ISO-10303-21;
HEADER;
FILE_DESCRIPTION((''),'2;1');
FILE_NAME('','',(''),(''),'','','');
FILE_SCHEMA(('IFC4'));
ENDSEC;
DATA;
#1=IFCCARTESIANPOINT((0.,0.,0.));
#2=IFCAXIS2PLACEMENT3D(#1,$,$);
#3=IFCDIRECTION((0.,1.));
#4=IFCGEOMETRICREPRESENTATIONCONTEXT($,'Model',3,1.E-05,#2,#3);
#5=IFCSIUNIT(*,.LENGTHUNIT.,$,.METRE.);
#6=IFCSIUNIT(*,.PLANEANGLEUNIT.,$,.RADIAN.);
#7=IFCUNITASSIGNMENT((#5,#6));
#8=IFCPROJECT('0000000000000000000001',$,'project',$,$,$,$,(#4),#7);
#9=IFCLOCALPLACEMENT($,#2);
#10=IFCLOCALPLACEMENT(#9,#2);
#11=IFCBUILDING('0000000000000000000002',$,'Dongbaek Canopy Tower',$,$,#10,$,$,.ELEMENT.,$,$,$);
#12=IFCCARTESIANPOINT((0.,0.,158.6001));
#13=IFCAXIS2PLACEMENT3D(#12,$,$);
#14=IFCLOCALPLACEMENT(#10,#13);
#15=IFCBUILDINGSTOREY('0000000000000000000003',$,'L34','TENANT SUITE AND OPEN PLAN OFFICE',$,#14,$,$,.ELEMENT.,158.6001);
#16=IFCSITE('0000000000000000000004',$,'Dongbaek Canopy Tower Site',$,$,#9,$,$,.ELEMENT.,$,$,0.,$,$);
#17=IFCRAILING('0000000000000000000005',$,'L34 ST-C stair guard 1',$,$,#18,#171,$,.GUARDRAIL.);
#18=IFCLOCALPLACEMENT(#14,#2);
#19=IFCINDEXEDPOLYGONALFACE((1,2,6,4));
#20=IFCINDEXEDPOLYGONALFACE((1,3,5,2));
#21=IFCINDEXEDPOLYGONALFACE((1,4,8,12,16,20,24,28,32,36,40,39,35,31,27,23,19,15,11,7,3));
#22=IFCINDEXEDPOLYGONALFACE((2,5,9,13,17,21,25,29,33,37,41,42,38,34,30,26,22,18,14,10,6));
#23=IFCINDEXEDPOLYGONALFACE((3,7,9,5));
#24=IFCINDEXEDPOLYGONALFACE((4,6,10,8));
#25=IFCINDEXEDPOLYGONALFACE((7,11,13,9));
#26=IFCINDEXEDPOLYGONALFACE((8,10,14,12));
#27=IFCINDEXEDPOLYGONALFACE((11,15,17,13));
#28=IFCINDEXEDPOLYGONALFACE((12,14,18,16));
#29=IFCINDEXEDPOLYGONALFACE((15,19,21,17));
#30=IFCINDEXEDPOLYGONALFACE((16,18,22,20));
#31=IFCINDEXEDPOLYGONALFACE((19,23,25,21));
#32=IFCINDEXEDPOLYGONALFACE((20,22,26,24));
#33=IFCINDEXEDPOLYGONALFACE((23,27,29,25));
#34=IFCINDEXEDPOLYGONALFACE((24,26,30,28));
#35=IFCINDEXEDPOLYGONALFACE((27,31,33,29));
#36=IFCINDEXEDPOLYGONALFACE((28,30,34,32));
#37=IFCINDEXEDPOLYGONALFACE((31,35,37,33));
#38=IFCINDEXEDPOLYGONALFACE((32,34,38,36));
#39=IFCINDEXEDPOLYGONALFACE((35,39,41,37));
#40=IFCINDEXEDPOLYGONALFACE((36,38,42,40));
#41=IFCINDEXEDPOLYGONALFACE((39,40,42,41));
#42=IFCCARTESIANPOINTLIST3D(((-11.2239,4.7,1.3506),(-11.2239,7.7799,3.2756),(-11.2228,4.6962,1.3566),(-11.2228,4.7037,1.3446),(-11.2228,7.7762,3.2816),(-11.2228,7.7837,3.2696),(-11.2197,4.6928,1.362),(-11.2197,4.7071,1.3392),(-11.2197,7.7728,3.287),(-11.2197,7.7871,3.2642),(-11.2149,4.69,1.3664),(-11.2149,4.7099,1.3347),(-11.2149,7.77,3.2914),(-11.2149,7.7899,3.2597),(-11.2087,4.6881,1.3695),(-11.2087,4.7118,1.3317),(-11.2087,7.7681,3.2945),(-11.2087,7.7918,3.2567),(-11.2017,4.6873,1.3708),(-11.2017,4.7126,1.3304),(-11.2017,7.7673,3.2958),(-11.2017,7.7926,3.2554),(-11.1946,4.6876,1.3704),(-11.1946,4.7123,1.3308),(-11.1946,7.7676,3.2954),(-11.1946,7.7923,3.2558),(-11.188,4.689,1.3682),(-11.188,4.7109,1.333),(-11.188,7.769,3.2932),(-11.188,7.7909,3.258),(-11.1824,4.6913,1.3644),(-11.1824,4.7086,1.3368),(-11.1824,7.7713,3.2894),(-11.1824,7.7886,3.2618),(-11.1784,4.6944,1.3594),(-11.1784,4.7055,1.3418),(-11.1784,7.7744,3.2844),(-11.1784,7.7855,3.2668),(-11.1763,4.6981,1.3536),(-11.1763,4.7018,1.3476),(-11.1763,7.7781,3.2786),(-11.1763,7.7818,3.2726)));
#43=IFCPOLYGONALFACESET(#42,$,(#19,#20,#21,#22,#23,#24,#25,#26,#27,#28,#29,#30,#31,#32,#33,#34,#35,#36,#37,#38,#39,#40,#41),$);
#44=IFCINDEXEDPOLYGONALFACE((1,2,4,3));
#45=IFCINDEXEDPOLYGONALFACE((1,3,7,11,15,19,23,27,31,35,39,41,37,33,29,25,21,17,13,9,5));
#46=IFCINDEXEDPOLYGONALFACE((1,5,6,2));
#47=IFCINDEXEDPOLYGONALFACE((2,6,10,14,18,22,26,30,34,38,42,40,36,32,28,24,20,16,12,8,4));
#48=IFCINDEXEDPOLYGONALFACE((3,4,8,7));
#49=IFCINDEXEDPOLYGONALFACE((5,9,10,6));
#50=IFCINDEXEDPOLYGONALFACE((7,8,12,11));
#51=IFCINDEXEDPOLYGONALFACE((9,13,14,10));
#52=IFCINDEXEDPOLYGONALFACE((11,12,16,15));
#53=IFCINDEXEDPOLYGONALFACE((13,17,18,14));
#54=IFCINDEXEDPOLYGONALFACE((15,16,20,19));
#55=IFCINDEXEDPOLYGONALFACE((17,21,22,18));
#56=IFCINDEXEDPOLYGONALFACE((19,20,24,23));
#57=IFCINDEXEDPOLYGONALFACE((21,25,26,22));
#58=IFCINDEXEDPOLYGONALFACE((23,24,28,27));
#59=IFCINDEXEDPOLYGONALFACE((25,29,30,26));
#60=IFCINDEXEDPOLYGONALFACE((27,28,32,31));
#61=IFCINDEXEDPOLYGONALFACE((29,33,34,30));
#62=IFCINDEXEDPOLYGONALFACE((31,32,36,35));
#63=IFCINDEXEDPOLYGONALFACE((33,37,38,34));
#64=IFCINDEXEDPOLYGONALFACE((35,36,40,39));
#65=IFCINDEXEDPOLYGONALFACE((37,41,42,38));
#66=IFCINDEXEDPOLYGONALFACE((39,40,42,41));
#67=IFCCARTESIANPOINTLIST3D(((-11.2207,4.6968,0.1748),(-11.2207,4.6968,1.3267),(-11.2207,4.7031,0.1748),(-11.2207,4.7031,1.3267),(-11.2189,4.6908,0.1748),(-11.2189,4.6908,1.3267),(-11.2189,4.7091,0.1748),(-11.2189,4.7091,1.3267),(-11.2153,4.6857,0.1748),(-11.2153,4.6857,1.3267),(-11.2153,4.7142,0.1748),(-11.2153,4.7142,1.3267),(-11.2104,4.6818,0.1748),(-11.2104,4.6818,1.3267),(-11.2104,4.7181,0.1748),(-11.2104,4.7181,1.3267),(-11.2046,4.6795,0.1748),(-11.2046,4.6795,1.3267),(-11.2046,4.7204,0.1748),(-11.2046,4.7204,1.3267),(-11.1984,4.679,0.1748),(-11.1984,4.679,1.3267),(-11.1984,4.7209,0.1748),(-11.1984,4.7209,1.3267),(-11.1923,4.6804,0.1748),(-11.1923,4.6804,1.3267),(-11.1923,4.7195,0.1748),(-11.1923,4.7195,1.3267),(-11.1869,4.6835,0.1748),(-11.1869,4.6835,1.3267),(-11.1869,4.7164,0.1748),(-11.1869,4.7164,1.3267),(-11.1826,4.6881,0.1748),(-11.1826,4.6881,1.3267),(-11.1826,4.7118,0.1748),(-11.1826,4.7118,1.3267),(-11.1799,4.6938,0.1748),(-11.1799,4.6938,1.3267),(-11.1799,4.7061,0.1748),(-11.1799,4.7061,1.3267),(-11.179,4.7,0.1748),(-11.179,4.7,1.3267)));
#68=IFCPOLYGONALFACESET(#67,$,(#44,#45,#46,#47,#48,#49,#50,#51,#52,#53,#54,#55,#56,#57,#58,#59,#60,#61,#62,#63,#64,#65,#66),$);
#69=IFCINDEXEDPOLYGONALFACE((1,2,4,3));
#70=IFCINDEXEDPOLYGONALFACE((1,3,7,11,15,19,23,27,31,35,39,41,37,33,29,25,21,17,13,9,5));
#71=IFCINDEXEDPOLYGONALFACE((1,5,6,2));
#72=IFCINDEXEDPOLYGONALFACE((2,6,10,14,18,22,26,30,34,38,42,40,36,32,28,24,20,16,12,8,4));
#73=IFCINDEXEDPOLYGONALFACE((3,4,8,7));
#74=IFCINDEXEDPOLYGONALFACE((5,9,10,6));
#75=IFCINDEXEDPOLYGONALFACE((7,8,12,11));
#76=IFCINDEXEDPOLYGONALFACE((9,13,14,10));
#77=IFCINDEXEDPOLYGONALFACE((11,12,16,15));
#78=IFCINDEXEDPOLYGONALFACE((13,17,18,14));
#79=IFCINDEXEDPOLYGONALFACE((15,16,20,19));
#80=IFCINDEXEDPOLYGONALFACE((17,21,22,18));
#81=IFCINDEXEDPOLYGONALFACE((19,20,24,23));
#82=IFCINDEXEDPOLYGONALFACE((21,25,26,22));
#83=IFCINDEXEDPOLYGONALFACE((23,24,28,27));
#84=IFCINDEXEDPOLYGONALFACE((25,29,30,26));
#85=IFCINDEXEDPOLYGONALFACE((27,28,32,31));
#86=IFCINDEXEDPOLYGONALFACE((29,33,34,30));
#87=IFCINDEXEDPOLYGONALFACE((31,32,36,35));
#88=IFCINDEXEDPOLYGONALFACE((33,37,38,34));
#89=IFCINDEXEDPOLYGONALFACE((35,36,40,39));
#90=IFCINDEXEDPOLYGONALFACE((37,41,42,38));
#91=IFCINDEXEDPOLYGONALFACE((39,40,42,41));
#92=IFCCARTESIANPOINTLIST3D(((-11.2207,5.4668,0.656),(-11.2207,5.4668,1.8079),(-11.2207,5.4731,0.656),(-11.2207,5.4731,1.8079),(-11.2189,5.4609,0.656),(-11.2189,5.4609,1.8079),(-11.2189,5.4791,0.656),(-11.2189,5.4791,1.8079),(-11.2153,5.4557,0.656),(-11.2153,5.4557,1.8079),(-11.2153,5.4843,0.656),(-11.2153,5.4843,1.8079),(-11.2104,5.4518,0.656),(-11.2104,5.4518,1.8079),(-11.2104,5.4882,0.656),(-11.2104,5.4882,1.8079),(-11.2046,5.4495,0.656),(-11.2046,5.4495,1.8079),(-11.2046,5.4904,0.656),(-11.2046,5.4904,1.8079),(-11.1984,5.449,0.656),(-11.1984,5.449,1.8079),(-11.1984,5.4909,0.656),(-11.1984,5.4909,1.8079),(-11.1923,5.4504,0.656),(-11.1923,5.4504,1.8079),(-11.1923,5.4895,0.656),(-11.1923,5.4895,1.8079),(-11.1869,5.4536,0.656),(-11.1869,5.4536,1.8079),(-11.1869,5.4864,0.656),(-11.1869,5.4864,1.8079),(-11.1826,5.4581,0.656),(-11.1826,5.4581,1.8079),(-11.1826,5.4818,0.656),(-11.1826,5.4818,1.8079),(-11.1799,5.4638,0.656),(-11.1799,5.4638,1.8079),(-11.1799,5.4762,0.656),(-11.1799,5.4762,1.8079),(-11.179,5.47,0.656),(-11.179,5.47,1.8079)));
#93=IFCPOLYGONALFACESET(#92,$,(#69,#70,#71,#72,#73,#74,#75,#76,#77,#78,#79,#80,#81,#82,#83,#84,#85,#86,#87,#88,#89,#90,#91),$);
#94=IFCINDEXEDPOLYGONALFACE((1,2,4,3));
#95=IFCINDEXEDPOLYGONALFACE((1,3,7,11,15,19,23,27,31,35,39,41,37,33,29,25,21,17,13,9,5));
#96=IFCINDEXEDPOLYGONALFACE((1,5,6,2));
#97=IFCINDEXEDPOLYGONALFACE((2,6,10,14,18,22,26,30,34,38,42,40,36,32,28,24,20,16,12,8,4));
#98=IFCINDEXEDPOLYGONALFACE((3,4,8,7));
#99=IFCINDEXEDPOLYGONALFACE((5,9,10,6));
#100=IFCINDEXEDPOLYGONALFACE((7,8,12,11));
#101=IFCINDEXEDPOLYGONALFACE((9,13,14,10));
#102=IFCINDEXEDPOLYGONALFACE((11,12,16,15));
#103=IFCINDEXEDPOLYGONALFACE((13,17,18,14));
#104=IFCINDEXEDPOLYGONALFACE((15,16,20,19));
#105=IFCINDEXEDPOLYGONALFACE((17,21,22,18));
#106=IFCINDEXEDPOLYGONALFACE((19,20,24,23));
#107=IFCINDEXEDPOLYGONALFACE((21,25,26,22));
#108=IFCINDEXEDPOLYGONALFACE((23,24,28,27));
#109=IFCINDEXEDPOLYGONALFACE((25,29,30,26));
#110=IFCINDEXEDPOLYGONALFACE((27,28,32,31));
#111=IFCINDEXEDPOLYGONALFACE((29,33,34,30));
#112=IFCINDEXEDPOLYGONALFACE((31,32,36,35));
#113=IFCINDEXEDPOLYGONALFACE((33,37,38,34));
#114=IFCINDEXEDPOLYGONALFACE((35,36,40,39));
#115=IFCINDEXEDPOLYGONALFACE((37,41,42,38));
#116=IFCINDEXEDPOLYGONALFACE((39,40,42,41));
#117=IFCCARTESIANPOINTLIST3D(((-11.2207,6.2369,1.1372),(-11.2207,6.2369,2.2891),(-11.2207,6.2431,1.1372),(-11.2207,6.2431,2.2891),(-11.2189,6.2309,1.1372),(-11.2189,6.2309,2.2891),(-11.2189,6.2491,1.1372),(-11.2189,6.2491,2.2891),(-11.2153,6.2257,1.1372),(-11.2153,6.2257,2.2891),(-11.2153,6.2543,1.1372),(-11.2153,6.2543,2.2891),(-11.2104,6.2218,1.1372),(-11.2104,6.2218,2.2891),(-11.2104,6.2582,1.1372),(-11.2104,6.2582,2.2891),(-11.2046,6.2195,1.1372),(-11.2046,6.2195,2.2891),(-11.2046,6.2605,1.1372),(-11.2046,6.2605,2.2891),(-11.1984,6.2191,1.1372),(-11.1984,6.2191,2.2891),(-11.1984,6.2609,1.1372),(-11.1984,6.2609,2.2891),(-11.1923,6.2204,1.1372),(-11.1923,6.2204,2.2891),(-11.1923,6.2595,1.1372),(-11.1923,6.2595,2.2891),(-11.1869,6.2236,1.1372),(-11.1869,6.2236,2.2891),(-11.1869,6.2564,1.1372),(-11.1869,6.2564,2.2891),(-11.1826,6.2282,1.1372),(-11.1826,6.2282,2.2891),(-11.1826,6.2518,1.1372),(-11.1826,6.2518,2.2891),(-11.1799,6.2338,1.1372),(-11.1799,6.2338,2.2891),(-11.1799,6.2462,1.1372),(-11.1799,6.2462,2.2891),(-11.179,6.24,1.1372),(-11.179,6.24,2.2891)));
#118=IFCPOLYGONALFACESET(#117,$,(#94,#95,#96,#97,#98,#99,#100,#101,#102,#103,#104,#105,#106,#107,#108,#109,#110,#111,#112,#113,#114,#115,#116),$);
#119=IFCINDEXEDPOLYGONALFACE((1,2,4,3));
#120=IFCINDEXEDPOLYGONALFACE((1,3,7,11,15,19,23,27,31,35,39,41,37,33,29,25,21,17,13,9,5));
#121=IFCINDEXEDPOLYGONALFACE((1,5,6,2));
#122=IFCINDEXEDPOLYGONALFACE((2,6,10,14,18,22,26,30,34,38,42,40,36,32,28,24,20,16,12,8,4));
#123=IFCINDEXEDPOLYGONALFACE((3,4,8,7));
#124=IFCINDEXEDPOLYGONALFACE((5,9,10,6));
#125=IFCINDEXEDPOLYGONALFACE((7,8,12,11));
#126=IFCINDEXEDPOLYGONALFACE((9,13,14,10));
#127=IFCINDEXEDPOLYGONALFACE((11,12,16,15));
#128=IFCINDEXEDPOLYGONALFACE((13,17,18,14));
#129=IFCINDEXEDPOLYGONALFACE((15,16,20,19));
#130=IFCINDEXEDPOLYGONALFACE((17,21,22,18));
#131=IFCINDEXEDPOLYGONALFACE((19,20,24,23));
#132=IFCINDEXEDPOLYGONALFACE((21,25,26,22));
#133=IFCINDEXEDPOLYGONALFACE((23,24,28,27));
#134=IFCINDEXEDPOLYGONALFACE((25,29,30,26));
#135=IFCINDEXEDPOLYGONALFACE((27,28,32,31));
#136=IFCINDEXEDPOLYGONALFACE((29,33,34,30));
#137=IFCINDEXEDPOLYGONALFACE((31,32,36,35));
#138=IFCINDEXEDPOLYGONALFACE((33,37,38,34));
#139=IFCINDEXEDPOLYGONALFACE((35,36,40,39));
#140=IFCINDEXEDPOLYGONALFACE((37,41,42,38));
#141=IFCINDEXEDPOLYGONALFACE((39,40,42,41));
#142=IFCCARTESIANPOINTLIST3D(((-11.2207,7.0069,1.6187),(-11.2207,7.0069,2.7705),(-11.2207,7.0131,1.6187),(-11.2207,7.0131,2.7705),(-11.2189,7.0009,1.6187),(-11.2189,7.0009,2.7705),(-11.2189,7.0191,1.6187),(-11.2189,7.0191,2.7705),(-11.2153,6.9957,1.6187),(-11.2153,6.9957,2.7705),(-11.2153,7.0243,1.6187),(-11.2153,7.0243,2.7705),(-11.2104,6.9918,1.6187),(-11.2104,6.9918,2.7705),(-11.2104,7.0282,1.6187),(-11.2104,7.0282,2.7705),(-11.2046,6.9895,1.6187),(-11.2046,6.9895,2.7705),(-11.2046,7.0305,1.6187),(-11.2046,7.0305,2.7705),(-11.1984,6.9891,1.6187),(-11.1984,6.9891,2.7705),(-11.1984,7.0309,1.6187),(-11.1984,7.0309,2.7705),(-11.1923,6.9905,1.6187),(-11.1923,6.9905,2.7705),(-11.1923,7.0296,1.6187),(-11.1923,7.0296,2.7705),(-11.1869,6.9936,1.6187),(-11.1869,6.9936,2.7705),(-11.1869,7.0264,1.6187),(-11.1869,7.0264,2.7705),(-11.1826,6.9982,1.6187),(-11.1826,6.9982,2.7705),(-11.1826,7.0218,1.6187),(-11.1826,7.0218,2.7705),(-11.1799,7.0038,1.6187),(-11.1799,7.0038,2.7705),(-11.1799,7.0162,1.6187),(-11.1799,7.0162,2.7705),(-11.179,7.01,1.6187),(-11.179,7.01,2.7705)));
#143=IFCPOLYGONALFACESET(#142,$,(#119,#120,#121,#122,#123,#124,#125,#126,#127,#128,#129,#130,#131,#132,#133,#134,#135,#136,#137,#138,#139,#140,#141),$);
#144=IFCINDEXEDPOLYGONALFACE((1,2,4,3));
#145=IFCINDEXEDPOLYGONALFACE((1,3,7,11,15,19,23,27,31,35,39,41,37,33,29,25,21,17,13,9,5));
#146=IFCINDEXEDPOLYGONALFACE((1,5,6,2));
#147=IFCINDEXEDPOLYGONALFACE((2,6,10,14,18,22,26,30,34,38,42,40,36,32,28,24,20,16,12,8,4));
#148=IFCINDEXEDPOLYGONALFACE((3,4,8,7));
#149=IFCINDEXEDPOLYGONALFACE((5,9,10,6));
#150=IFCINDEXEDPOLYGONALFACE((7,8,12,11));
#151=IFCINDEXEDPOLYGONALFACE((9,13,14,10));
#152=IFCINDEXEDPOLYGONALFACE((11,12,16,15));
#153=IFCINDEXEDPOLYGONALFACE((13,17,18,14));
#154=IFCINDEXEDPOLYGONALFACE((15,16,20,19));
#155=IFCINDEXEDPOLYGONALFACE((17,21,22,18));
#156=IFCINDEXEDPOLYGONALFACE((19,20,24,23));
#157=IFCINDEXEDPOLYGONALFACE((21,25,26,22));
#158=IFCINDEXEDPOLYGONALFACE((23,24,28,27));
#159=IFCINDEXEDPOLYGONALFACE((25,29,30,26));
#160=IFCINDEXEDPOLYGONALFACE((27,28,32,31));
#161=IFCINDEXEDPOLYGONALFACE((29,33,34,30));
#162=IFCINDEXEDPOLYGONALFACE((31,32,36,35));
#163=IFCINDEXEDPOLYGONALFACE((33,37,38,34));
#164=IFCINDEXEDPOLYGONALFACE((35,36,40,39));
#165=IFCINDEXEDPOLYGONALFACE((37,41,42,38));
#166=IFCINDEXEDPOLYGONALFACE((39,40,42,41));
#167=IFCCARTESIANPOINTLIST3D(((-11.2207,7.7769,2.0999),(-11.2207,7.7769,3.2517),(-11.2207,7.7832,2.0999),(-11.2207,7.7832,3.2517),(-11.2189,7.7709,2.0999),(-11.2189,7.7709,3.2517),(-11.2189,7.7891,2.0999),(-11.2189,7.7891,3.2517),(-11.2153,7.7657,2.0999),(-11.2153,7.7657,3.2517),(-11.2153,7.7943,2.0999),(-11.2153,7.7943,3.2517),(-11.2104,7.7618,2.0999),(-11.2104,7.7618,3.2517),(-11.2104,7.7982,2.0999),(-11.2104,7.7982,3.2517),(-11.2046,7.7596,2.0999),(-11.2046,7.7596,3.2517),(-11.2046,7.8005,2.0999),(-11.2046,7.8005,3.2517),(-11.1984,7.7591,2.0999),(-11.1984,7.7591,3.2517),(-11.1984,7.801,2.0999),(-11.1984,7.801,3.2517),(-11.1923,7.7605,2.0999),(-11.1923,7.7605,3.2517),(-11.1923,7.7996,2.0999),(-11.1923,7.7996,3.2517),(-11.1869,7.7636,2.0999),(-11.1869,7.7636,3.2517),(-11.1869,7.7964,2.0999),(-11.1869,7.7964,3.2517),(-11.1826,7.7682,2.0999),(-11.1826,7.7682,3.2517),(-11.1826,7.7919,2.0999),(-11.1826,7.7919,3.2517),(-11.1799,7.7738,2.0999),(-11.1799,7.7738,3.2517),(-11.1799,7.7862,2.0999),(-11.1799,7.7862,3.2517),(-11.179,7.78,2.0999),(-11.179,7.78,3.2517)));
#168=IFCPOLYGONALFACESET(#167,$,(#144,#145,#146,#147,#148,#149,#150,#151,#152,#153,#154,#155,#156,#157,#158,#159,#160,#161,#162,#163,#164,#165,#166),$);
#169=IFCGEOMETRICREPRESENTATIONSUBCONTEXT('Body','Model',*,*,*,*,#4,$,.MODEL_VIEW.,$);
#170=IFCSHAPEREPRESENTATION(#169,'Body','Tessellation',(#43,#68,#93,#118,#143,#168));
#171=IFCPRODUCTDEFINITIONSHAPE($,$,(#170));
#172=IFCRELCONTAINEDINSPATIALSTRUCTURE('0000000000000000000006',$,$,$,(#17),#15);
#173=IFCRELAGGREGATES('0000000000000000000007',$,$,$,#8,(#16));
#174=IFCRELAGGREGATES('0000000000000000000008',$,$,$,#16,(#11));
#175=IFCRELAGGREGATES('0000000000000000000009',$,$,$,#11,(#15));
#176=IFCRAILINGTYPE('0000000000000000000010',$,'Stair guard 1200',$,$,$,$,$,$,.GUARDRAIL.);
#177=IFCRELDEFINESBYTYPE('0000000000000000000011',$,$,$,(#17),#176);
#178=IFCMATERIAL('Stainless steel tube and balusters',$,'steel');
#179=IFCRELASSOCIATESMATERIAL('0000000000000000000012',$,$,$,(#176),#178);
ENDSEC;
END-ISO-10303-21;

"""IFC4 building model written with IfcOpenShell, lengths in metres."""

from ifc_helpers import new_model, si_unit, direction, frame, origin, origin_2d, place, context, subcontext, project, spatial, circle, extrude, material, type_object, element, save


model = new_model("IFC4")

# Units and contexts
model_context = context("Model", 3, precision=1e-05, world=origin(), true_north=direction((0.0, 1.0)))
body_context = subcontext(model_context, "Body", "Model", "MODEL_VIEW")
ifc_project = project(units=[si_unit("LENGTHUNIT", "METRE"), si_unit("PLANEANGLEUNIT", "RADIAN")], contexts=[model_context])

# Site, building, storey
site_placement = place(None, origin())
site = spatial("IfcSite", under=ifc_project, at=site_placement, Name="Dongbaek Canopy Tower Site", CompositionType="ELEMENT", RefElevation=0.0)
building_placement = place(site_placement, origin())
building = spatial("IfcBuilding", under=site, at=building_placement, Name="Dongbaek Canopy Tower", CompositionType="ELEMENT")
storey_placement = place(building_placement, frame((0.0, 0.0, 158.6001)))
storey = spatial("IfcBuildingStorey", under=building, at=storey_placement, Name="L34", Description="TENANT SUITE AND OPEN PLAN OFFICE", CompositionType="ELEMENT", Elevation=158.6001)

# Railing
ifc_material_1 = material(Name="Stainless steel tube and balusters", Category="steel")
railing_type_1 = type_object("IfcRailingType", Name="Stair guard 1200", PredefinedType="GUARDRAIL", material=ifc_material_1)
railing_1_placement = place(storey_placement, frame((-11.2, 4.7, 0.1748)))
element("IfcRailing", 1, at=railing_1_placement, inside=storey, type_object=railing_type_1, Name="L34 ST-C stair guard 1", PredefinedType="GUARDRAIL", context=body_context, shape_type="SweptSolid", body=[
    extrude(circle(Radius=0.0239, at=origin_2d()), frame((0.0, 0.0, 1.1758), z_axis=(0.0, 0.847998, 0.529999), x_axis=(-1.0, 0.0, 0.0)), (0.0, 0.0, 1.0), 3.6321),
    extrude(circle(Radius=0.021, at=origin_2d()), origin(), (0.0, 0.0, 1.0), 1.1519),
    extrude(circle(Radius=0.021, at=origin_2d()), frame((0.0, 0.77, 0.4812)), (0.0, 0.0, 1.0), 1.1519),
    extrude(circle(Radius=0.021, at=origin_2d()), frame((0.0, 1.54, 0.9624)), (0.0, 0.0, 1.0), 1.1519),
    extrude(circle(Radius=0.021, at=origin_2d()), frame((0.0, 2.3101, 1.4438)), (0.0, 0.0, 1.0), 1.1519),
    extrude(circle(Radius=0.021, at=origin_2d()), frame((0.0, 3.0801, 1.925)), (0.0, 0.0, 1.0), 1.1519),
])

save(model, "model.ifc")
